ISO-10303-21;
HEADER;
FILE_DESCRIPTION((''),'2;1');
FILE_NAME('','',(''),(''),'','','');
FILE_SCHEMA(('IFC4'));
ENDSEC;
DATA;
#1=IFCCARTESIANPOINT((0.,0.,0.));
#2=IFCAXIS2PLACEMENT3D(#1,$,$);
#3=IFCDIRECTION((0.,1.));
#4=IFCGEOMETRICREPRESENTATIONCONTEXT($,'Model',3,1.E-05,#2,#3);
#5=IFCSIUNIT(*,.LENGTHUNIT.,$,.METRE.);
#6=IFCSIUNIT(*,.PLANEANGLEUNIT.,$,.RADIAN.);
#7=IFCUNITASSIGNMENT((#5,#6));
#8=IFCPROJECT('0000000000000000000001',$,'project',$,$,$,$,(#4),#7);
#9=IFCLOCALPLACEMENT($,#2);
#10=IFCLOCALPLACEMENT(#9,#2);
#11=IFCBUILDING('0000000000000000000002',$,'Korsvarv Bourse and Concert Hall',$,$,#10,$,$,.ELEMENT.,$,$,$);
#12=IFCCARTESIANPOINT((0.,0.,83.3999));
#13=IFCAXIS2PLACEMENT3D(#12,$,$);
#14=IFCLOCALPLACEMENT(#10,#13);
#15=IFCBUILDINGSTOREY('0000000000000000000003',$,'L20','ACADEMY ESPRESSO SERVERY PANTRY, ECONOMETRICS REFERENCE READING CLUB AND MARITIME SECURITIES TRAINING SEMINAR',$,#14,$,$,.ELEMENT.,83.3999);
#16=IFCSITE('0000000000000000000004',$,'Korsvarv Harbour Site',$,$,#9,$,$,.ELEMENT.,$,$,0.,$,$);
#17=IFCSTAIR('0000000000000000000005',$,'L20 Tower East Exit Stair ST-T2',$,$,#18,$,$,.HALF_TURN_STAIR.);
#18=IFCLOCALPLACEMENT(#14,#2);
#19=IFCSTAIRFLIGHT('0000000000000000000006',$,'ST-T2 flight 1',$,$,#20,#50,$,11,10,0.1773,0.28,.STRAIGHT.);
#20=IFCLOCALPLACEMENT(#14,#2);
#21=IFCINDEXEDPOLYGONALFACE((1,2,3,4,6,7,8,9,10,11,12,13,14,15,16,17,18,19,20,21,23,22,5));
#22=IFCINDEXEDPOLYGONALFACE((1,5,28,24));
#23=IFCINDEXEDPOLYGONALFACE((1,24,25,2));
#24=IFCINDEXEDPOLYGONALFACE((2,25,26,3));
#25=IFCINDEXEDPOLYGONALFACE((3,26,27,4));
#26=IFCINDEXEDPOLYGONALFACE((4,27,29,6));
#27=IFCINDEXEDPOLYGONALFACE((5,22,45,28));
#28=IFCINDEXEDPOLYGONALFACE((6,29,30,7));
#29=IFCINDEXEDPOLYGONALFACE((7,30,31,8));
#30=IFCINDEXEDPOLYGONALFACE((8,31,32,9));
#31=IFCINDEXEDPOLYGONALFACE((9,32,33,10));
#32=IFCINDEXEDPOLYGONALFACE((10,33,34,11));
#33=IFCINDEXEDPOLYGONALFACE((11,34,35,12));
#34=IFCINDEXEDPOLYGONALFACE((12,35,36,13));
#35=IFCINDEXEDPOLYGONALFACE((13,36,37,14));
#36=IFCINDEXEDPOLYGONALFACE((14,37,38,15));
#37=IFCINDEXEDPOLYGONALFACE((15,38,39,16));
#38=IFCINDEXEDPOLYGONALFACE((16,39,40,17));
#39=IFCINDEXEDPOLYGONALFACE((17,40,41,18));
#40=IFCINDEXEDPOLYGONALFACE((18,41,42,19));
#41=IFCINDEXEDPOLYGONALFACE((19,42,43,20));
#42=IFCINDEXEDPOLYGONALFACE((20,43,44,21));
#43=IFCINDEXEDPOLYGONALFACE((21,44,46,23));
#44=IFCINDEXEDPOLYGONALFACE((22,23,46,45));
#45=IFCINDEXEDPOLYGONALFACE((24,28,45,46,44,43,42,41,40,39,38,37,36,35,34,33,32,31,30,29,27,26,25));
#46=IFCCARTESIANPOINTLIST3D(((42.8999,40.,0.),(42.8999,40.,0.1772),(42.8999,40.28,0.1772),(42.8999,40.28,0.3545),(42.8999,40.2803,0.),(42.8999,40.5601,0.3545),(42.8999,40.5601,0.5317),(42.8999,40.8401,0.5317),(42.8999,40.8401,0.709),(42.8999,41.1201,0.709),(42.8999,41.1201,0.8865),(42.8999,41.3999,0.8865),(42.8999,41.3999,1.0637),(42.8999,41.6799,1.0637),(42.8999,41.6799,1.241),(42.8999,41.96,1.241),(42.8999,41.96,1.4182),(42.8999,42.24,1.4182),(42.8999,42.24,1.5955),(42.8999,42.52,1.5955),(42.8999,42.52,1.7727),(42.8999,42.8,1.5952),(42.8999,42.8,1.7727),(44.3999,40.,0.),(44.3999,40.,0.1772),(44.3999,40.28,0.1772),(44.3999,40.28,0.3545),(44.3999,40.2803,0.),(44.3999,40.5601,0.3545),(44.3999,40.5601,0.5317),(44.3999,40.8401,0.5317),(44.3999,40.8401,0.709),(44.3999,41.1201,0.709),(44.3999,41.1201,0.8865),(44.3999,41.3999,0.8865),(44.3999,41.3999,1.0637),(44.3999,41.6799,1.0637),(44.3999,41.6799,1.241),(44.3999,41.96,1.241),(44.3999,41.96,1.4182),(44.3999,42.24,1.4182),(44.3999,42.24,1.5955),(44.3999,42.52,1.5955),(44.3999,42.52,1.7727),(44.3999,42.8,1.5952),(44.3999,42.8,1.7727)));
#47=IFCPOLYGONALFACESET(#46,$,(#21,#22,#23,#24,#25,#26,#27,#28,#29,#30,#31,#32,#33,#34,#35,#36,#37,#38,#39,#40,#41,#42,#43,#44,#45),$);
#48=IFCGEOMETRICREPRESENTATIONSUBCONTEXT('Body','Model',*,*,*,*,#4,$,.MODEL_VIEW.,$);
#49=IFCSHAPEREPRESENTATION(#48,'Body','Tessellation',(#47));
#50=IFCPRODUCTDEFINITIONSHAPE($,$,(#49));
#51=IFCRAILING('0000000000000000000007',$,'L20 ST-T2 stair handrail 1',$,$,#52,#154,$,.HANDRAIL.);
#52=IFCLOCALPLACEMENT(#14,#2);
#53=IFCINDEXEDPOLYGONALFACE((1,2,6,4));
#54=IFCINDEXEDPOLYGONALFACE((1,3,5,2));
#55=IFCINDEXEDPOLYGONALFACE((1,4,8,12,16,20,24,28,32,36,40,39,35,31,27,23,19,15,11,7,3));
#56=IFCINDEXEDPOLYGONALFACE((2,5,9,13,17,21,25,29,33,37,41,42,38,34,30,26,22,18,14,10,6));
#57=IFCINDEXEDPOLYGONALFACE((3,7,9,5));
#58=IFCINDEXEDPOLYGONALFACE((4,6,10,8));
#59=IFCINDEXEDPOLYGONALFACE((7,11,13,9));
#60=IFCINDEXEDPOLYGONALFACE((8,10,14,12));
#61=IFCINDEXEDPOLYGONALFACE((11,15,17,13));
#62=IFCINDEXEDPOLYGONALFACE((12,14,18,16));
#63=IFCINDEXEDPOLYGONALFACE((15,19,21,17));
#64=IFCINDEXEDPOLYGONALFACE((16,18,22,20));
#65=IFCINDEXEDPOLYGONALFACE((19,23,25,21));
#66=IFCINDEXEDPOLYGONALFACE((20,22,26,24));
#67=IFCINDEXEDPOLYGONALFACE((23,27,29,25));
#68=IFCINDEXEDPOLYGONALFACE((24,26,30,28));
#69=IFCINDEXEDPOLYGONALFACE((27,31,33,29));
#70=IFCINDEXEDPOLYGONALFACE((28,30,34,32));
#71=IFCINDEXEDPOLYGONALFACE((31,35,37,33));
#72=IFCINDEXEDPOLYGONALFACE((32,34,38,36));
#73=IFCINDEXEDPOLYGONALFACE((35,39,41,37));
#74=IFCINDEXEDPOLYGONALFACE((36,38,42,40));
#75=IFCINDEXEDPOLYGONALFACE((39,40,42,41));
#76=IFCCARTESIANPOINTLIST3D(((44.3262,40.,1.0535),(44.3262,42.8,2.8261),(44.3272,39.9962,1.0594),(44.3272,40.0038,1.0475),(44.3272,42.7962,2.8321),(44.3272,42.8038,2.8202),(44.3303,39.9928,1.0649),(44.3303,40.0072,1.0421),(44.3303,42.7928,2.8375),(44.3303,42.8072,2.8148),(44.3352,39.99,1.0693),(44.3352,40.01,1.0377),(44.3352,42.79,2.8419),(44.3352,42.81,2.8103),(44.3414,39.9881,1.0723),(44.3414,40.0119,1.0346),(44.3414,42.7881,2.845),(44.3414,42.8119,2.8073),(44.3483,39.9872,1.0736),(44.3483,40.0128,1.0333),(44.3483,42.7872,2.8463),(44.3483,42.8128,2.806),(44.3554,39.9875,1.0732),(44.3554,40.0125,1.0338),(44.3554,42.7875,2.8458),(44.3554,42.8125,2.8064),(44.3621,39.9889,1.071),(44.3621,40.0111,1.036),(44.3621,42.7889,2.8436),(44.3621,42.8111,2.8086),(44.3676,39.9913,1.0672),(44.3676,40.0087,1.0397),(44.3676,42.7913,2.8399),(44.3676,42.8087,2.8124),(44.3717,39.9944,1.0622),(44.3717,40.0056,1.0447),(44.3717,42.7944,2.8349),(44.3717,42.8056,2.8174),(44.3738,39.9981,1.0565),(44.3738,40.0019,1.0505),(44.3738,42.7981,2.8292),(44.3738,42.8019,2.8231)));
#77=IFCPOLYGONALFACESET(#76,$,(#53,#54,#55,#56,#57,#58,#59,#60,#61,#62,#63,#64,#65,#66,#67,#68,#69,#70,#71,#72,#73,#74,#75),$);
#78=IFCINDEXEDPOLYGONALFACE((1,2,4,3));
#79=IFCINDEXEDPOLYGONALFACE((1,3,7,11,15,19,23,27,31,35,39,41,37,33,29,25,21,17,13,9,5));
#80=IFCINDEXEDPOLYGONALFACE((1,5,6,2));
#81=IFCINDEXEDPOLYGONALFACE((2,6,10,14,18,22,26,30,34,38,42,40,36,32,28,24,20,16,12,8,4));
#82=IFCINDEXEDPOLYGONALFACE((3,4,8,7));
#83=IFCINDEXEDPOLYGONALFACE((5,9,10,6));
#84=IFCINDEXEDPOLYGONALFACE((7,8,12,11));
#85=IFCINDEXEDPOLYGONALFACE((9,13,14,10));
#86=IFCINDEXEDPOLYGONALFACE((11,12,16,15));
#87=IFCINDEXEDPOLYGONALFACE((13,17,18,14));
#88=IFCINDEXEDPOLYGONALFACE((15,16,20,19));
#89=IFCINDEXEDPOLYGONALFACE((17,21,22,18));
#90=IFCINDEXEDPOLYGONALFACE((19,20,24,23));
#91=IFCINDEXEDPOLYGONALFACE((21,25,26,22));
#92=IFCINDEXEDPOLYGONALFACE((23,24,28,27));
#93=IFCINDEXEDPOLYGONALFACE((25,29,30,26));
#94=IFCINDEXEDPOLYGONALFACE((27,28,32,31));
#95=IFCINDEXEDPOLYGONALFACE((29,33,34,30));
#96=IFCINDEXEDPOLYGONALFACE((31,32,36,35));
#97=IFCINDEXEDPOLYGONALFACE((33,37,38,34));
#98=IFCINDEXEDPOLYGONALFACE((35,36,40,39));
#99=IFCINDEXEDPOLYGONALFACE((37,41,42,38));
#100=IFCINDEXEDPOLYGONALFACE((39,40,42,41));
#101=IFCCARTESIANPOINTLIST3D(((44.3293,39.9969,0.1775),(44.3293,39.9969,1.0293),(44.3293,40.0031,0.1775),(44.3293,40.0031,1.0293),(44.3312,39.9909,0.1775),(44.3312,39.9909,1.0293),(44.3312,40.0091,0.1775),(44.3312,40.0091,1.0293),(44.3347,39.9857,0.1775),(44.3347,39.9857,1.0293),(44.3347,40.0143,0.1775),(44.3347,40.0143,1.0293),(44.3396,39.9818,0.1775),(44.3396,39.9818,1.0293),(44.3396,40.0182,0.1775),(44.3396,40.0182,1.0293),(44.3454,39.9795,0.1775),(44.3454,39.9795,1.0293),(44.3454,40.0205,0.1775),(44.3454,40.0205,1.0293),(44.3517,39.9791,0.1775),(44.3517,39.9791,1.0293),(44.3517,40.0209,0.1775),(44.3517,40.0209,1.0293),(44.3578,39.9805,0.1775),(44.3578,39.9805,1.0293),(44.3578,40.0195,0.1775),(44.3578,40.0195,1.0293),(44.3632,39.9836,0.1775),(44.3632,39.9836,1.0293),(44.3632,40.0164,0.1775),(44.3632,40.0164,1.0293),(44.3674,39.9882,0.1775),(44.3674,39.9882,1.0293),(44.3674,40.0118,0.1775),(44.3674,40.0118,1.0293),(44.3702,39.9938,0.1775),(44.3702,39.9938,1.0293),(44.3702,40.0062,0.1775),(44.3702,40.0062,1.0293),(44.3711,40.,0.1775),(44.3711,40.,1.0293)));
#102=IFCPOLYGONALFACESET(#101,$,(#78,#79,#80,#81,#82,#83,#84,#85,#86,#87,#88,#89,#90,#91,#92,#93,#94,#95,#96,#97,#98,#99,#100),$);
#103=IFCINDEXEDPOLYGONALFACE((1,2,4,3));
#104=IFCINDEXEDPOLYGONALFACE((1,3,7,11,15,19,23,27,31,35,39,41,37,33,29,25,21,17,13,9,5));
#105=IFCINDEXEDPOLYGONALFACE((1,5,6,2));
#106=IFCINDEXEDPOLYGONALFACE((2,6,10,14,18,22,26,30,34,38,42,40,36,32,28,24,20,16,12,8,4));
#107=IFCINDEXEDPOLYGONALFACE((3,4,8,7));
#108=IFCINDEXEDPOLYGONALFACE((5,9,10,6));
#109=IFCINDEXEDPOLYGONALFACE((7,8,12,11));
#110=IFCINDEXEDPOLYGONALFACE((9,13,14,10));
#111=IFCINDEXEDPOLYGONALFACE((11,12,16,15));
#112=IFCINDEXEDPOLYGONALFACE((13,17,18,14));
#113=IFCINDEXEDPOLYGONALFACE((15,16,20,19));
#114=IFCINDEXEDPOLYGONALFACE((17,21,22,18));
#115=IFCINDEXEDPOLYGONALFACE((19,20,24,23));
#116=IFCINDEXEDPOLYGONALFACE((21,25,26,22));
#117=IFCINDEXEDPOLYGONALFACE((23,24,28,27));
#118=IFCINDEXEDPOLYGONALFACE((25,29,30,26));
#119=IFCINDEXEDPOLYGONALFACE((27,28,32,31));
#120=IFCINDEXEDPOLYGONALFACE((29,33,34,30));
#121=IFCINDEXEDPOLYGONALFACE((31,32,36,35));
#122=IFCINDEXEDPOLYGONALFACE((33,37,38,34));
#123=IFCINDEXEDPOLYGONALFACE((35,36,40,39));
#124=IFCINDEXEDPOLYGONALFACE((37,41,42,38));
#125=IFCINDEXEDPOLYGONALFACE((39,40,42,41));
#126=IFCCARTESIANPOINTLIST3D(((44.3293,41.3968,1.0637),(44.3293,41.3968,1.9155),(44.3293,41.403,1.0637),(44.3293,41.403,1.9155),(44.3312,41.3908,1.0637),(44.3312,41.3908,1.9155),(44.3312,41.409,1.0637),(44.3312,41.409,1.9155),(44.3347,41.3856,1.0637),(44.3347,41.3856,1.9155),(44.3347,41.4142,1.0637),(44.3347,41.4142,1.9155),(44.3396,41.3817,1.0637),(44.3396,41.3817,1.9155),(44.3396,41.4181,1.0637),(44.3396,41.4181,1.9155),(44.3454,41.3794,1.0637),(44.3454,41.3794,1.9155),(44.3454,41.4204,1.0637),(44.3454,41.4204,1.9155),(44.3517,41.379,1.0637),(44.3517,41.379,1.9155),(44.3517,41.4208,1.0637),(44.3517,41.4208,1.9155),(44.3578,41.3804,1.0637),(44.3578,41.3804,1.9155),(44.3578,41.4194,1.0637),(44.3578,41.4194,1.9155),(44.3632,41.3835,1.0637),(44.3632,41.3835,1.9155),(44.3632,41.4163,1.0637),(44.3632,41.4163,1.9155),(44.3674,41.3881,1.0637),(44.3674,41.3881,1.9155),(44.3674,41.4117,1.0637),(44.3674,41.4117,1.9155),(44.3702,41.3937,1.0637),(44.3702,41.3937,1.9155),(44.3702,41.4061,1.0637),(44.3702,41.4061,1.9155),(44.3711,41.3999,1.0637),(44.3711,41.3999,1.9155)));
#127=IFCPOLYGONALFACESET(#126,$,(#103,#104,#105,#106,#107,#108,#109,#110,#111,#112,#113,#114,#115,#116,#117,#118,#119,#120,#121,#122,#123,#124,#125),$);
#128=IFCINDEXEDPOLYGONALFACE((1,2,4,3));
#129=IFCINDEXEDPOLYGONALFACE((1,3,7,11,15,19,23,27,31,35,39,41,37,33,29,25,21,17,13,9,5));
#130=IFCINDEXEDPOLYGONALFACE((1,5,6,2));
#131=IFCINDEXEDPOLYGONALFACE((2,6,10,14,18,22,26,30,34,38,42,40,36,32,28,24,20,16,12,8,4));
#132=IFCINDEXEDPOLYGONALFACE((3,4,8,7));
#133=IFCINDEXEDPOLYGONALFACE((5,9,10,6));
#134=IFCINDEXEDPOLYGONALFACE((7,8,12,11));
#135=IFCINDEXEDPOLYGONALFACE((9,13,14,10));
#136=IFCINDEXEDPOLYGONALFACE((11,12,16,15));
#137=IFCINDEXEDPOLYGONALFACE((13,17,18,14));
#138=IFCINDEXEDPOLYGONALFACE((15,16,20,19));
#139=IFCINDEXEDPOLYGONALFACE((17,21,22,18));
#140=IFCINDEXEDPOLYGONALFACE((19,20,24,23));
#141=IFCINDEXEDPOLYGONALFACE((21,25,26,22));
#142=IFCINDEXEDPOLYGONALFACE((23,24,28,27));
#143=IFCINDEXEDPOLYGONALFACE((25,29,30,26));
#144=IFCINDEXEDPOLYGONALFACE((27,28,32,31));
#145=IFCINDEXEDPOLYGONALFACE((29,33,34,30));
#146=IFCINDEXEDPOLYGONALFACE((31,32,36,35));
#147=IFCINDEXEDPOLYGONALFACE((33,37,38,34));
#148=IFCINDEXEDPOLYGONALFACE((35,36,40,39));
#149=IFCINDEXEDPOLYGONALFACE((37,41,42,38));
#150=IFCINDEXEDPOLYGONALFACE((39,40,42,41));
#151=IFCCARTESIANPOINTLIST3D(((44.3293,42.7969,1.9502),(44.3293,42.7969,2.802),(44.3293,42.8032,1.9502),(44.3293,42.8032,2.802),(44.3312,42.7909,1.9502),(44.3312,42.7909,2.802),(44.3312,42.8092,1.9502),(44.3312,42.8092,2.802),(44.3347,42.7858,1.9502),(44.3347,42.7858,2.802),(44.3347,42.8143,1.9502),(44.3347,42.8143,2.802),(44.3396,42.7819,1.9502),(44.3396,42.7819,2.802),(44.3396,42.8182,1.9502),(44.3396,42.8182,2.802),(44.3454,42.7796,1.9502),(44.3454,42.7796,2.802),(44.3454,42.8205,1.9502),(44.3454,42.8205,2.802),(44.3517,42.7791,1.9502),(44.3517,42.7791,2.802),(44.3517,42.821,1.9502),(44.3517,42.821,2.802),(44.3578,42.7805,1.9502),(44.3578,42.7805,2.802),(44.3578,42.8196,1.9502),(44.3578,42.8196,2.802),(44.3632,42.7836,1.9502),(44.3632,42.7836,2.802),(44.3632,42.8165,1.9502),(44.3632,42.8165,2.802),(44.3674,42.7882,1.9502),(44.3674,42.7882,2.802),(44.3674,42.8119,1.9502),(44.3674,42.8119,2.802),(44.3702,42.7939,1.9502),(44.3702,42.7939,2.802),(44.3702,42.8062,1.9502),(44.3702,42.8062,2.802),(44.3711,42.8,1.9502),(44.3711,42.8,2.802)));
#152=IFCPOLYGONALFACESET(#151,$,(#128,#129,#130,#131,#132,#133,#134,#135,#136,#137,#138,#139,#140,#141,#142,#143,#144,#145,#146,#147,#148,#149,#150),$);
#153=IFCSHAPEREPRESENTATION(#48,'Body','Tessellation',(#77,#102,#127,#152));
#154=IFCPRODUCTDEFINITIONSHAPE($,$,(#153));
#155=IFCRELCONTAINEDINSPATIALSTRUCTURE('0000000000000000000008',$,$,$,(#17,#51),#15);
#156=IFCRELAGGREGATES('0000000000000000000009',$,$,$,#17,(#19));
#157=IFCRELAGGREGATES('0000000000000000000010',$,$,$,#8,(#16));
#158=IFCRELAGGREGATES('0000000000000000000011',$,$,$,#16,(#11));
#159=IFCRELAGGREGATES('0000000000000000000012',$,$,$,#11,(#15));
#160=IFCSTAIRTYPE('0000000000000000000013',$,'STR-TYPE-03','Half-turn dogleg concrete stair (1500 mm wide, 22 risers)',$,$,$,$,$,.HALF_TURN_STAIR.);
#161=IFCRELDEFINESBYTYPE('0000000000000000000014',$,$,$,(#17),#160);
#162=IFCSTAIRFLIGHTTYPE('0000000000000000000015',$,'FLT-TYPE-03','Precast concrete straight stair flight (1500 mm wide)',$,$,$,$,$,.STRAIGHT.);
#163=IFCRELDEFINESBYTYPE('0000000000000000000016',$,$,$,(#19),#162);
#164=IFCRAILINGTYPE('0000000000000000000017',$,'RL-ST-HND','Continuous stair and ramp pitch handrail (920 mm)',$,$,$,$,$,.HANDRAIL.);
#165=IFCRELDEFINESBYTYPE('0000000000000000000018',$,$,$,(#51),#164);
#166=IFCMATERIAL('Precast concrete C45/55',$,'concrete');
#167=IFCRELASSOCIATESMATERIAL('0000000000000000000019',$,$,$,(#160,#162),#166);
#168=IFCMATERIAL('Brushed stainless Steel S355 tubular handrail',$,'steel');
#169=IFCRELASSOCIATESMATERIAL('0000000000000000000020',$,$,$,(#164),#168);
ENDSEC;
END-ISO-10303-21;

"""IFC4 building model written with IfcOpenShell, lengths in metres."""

from ifc_helpers import new_model, si_unit, direction, frame, origin, origin_2d, place, context, subcontext, project, spatial, polyline, circle, outline, extrude, material, type_object, element, aggregate, save


model = new_model("IFC4")

# Units and contexts
model_context = context("Model", 3, precision=1e-05, world=origin(), true_north=direction((0.0, 1.0)))
body_context = subcontext(model_context, "Body", "Model", "MODEL_VIEW")
ifc_project = project(units=[si_unit("LENGTHUNIT", "METRE"), si_unit("PLANEANGLEUNIT", "RADIAN")], contexts=[model_context])

# Site, building, storey
site_placement = place(None, origin())
site = spatial("IfcSite", under=ifc_project, at=site_placement, Name="Korsvarv Harbour Site", CompositionType="ELEMENT", RefElevation=0.0)
building_placement = place(site_placement, origin())
building = spatial("IfcBuilding", under=site, at=building_placement, Name="Korsvarv Bourse and Concert Hall", CompositionType="ELEMENT")
storey_placement = place(building_placement, frame((0.0, 0.0, 83.3999)))
storey = spatial("IfcBuildingStorey", under=building, at=storey_placement, Name="L20", Description="ACADEMY ESPRESSO SERVERY PANTRY, ECONOMETRICS REFERENCE READING CLUB AND MARITIME SECURITIES TRAINING SEMINAR", CompositionType="ELEMENT", Elevation=83.3999)

# Stair, stair flight
ifc_material_1 = material(Name="Precast concrete C45/55", Category="concrete")
stair_type = type_object("IfcStairType", Name="STR-TYPE-03", Description="Half-turn dogleg concrete stair (1500 mm wide, 22 risers)", PredefinedType="HALF_TURN_STAIR", material=ifc_material_1)
stair_placement = place(storey_placement, origin())
stair = element("IfcStair", 1, at=stair_placement, inside=storey, type_object=stair_type, Name="L20 Tower East Exit Stair ST-T2", PredefinedType="HALF_TURN_STAIR")
stair_flight_type = type_object("IfcStairFlightType", Name="FLT-TYPE-03", Description="Precast concrete straight stair flight (1500 mm wide)", PredefinedType="STRAIGHT", material=ifc_material_1)
stair_flight_placement = place(storey_placement, frame((43.6499, 40.0, 0.0), z_axis=(0.0, 0.0, 1.0), x_axis=(0.0, 1.0, 0.0)))
stair_flight = element("IfcStairFlight", 2, at=stair_flight_placement, type_object=stair_flight_type, Name="ST-T2 flight 1", NumberOfRisers=11, NumberOfTreads=10, PredefinedType="STRAIGHT", RiserHeight=0.1773, TreadLength=0.28, context=body_context, shape_type="SweptSolid", body=[
    extrude(outline(polyline([(0.0, 0.0), (0.0, 0.1772), (0.28, 0.1772), (0.28, 0.3545), (0.5601, 0.3545), (0.5601, 0.5317), (0.8401, 0.5317), (0.8401, 0.709), (1.1201, 0.709), (1.1201, 0.8865), (1.3999, 0.8865), (1.3999, 1.0637), (1.6799, 1.0637), (1.6799, 1.241), (1.96, 1.241), (1.96, 1.4182), (2.24, 1.4182), (2.24, 1.5955), (2.52, 1.5955), (2.52, 1.7727), (2.8, 1.7727), (2.8, 1.95), (2.8, 1.5952), (0.2803, 0.0), (0.0, 0.0)])), frame((0.0, 0.75, 0.0), z_axis=(0.0, -1.0, 0.0), x_axis=(1.0, 0.0, 0.0)), (0.0, 0.0, 1.0), 1.5),
])
aggregate(stair, [stair_flight])

# Railing
ifc_material_2 = material(Name="Brushed stainless Steel S355 tubular handrail", Category="steel")
railing_type = type_object("IfcRailingType", Name="RL-ST-HND", Description="Continuous stair and ramp pitch handrail (920 mm)", PredefinedType="HANDRAIL", material=ifc_material_2)
railing_placement = place(storey_placement, frame((44.3501, 40.0, 0.1775)))
element("IfcRailing", 3, at=railing_placement, inside=storey, type_object=railing_type, Name="L20 ST-T2 stair handrail 1", PredefinedType="HANDRAIL", context=body_context, shape_type="SweptSolid", body=[
    extrude(circle(Radius=0.0239, at=origin_2d()), frame((0.0, 0.0, 0.876), z_axis=(0.0, 0.844909, 0.53491), x_axis=(-1.0, 0.0, 0.0)), (0.0, 0.0, 1.0), 3.314),
    extrude(circle(Radius=0.021, at=origin_2d()), origin(), (0.0, 0.0, 1.0), 0.8518),
    extrude(circle(Radius=0.021, at=origin_2d()), frame((0.0, 1.3999, 0.8862)), (0.0, 0.0, 1.0), 0.8518),
    extrude(circle(Radius=0.021, at=origin_2d()), frame((0.0, 2.8, 1.7727)), (0.0, 0.0, 1.0), 0.8518),
])

save(model, "model.ifc")
